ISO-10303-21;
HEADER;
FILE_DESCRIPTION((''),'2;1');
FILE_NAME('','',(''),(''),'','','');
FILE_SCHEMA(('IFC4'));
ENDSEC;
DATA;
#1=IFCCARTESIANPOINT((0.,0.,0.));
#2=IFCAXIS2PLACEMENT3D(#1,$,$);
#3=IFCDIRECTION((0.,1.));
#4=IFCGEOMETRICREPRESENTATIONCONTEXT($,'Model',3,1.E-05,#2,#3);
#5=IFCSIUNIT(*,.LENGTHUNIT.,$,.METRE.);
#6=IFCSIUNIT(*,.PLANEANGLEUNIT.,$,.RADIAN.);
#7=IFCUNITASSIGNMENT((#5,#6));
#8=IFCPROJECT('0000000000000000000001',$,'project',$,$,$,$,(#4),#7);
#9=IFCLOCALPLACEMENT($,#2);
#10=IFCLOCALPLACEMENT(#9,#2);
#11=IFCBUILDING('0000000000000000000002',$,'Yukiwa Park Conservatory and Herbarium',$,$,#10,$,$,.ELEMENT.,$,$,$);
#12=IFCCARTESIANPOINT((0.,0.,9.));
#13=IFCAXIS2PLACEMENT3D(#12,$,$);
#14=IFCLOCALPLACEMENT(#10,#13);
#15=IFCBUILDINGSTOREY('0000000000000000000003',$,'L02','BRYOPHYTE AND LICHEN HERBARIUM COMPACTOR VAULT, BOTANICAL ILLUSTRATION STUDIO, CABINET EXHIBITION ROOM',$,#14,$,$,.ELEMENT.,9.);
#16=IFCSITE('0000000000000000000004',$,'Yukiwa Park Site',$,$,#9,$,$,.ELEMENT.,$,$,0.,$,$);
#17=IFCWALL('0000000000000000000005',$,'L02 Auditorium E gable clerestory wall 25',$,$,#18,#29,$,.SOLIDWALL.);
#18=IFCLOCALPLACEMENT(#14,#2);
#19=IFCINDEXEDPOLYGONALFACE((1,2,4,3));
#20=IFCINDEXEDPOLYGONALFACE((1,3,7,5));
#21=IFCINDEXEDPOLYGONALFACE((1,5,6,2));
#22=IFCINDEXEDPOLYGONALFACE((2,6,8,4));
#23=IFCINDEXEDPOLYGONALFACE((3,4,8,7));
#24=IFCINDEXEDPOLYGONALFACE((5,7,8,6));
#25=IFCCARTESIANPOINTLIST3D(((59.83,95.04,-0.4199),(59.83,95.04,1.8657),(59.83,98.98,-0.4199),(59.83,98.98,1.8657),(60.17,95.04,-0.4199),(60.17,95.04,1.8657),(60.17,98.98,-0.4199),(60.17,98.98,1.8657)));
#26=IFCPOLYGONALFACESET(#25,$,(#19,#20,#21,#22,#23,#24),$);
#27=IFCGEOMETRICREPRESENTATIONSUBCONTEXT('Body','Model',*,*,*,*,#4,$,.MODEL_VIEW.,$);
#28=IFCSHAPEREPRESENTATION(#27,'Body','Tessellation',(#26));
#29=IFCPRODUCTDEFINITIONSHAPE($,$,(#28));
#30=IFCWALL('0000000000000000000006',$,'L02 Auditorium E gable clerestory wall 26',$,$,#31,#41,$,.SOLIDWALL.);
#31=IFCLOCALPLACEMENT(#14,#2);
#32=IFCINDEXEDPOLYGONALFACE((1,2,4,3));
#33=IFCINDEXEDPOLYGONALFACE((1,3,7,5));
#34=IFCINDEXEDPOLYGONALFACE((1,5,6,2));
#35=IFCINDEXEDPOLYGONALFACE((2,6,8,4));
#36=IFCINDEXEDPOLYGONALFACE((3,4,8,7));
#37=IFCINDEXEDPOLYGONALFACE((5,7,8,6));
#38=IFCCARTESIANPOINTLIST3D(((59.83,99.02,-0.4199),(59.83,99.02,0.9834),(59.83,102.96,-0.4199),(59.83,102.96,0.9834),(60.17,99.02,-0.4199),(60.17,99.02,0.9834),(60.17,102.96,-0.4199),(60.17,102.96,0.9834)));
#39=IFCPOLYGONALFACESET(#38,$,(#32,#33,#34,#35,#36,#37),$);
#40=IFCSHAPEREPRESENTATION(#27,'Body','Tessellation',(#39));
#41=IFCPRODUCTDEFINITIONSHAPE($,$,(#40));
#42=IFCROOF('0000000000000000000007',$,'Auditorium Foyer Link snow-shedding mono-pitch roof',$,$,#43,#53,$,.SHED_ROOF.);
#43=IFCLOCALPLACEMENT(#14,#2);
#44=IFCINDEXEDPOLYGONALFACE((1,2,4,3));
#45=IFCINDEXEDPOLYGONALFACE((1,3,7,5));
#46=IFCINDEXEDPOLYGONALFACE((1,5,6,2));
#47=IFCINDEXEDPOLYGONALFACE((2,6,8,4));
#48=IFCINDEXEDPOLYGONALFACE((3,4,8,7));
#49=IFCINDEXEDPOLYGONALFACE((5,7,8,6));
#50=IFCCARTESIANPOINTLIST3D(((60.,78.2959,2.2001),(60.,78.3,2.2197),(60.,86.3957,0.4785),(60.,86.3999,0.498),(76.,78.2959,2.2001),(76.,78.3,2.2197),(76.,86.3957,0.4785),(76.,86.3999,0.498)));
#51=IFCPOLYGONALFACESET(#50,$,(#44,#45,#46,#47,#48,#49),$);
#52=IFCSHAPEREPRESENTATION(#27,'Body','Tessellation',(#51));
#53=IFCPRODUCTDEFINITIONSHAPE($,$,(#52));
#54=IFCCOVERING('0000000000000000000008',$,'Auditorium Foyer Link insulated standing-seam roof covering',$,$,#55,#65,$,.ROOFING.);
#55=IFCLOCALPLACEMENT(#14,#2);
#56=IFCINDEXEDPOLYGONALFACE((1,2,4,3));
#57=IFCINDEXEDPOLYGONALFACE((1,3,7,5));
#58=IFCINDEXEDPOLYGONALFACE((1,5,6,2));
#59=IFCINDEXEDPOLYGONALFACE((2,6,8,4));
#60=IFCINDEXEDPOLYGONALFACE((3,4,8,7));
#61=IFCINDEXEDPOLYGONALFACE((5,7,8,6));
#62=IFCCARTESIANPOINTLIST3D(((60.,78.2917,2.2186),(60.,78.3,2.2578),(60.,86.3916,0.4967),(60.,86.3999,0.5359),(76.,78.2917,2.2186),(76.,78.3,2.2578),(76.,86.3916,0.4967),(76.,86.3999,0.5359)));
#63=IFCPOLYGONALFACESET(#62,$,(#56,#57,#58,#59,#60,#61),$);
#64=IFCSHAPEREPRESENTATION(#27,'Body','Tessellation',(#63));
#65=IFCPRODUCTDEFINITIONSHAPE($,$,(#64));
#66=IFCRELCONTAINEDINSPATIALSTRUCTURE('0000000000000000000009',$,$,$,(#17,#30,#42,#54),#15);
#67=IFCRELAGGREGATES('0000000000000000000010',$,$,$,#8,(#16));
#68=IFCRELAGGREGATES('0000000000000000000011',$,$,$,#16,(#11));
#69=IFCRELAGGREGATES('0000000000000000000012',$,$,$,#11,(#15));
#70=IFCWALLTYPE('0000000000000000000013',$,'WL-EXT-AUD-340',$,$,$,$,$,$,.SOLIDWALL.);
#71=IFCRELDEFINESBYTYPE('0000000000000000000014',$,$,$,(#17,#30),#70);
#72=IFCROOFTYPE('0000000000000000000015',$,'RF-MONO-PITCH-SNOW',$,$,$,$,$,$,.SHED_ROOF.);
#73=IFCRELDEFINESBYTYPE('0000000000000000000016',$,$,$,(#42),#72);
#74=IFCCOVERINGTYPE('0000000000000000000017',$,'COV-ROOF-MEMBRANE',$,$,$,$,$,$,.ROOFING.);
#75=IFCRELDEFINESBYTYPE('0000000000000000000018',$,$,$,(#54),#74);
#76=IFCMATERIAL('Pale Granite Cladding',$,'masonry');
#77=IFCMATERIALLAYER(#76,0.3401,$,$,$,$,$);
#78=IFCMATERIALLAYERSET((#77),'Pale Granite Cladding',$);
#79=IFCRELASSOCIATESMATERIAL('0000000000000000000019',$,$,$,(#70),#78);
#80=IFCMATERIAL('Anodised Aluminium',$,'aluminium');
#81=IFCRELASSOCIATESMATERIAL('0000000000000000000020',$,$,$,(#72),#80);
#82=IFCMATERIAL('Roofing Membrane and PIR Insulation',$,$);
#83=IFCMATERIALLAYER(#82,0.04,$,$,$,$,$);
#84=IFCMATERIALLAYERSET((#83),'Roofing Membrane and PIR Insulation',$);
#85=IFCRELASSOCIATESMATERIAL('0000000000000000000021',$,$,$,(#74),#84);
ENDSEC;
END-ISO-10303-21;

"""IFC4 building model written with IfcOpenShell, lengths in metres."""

from ifc_helpers import new_model, si_unit, direction, frame, frame_2d, origin, place, context, subcontext, project, spatial, polyline, rectangle, outline, extrude, material, layer, layer_set, type_object, element, save


model = new_model("IFC4")

# Units and contexts
model_context = context("Model", 3, precision=1e-05, world=origin(), true_north=direction((0.0, 1.0)))
body_context = subcontext(model_context, "Body", "Model", "MODEL_VIEW")
ifc_project = project(units=[si_unit("LENGTHUNIT", "METRE"), si_unit("PLANEANGLEUNIT", "RADIAN")], contexts=[model_context])

# Site, building, storey
site_placement = place(None, origin())
site = spatial("IfcSite", under=ifc_project, at=site_placement, Name="Yukiwa Park Site", CompositionType="ELEMENT", RefElevation=0.0)
building_placement = place(site_placement, origin())
building = spatial("IfcBuilding", under=site, at=building_placement, Name="Yukiwa Park Conservatory and Herbarium", CompositionType="ELEMENT")
storey_placement = place(building_placement, frame((0.0, 0.0, 9.0)))
storey = spatial("IfcBuildingStorey", under=building, at=storey_placement, Name="L02", Description="BRYOPHYTE AND LICHEN HERBARIUM COMPACTOR VAULT, BOTANICAL ILLUSTRATION STUDIO, CABINET EXHIBITION ROOM", CompositionType="ELEMENT", Elevation=9.0)

# Walls
ifc_material_1 = material(Name="Pale Granite Cladding", Category="masonry")
ifc_layer_1 = layer(ifc_material_1, 0.3401)
ifc_layer_set_1 = layer_set([ifc_layer_1], Name="Pale Granite Cladding")
wall_type = type_object("IfcWallType", Name="WL-EXT-AUD-340", PredefinedType="SOLIDWALL", material=ifc_layer_set_1)
wall_1_placement = place(storey_placement, frame((60.0, 95.04, -0.4199), z_axis=(0.0, 0.0, 1.0), x_axis=(0.0, 1.0, 0.0)))
element("IfcWall", 1, at=wall_1_placement, inside=storey, type_object=wall_type, Name="L02 Auditorium E gable clerestory wall 25", PredefinedType="SOLIDWALL", context=body_context, shape_type="SweptSolid", body=[
    extrude(rectangle(XDim=3.9399, YDim=0.3401, at=frame_2d((1.97, 0.0))), origin(), (0.0, 0.0, 1.0), 2.2856),
])
wall_2_placement = place(storey_placement, frame((60.0, 99.02, -0.4199), z_axis=(0.0, 0.0, 1.0), x_axis=(0.0, 1.0, 0.0)))
element("IfcWall", 2, at=wall_2_placement, inside=storey, type_object=wall_type, Name="L02 Auditorium E gable clerestory wall 26", PredefinedType="SOLIDWALL", context=body_context, shape_type="SweptSolid", body=[
    extrude(rectangle(XDim=3.9399, YDim=0.3401, at=frame_2d((1.97, 0.0))), origin(), (0.0, 0.0, 1.0), 1.4033),
])

# Roof
ifc_material_2 = material(Name="Anodised Aluminium", Category="aluminium")
roof_type = type_object("IfcRoofType", Name="RF-MONO-PITCH-SNOW", PredefinedType="SHED_ROOF", material=ifc_material_2)
roof_placement = place(storey_placement, frame((60.0, 78.3, 2.2197), z_axis=(0.0, 0.207912, 0.978148), x_axis=(1.0, 0.0, 0.0)))
element("IfcRoof", 3, at=roof_placement, inside=storey, type_object=roof_type, Name="Auditorium Foyer Link snow-shedding mono-pitch roof", PredefinedType="SHED_ROOF", context=body_context, shape_type="SweptSolid", body=[
    extrude(outline(polyline([(0.0, 0.0), (16.0, 0.0), (16.0, 8.2808), (0.0, 8.2808), (0.0, 0.0)])), origin(), (0.0, 0.0, -1.0), 0.02),
])

# Covering
ifc_material_3 = material(Name="Roofing Membrane and PIR Insulation")
ifc_layer_2 = layer(ifc_material_3, 0.04)
ifc_layer_set_2 = layer_set([ifc_layer_2], Name="Roofing Membrane and PIR Insulation")
covering_type = type_object("IfcCoveringType", Name="COV-ROOF-MEMBRANE", PredefinedType="ROOFING", material=ifc_layer_set_2)
covering_placement = place(storey_placement, frame((60.0, 78.3, 2.2578), z_axis=(0.0, 0.20794, 0.978142), x_axis=(1.0, 0.0, 0.0)))
element("IfcCovering", 4, at=covering_placement, inside=storey, type_object=covering_type, Name="Auditorium Foyer Link insulated standing-seam roof covering", PredefinedType="ROOFING", context=body_context, shape_type="SweptSolid", body=[
    extrude(outline(polyline([(0.0, 0.0), (16.0, 0.0), (16.0, 8.2809), (0.0, 8.2809), (0.0, 0.0)])), origin(), (0.0, 0.0, -1.0), 0.04),
])

save(model, "model.ifc")
